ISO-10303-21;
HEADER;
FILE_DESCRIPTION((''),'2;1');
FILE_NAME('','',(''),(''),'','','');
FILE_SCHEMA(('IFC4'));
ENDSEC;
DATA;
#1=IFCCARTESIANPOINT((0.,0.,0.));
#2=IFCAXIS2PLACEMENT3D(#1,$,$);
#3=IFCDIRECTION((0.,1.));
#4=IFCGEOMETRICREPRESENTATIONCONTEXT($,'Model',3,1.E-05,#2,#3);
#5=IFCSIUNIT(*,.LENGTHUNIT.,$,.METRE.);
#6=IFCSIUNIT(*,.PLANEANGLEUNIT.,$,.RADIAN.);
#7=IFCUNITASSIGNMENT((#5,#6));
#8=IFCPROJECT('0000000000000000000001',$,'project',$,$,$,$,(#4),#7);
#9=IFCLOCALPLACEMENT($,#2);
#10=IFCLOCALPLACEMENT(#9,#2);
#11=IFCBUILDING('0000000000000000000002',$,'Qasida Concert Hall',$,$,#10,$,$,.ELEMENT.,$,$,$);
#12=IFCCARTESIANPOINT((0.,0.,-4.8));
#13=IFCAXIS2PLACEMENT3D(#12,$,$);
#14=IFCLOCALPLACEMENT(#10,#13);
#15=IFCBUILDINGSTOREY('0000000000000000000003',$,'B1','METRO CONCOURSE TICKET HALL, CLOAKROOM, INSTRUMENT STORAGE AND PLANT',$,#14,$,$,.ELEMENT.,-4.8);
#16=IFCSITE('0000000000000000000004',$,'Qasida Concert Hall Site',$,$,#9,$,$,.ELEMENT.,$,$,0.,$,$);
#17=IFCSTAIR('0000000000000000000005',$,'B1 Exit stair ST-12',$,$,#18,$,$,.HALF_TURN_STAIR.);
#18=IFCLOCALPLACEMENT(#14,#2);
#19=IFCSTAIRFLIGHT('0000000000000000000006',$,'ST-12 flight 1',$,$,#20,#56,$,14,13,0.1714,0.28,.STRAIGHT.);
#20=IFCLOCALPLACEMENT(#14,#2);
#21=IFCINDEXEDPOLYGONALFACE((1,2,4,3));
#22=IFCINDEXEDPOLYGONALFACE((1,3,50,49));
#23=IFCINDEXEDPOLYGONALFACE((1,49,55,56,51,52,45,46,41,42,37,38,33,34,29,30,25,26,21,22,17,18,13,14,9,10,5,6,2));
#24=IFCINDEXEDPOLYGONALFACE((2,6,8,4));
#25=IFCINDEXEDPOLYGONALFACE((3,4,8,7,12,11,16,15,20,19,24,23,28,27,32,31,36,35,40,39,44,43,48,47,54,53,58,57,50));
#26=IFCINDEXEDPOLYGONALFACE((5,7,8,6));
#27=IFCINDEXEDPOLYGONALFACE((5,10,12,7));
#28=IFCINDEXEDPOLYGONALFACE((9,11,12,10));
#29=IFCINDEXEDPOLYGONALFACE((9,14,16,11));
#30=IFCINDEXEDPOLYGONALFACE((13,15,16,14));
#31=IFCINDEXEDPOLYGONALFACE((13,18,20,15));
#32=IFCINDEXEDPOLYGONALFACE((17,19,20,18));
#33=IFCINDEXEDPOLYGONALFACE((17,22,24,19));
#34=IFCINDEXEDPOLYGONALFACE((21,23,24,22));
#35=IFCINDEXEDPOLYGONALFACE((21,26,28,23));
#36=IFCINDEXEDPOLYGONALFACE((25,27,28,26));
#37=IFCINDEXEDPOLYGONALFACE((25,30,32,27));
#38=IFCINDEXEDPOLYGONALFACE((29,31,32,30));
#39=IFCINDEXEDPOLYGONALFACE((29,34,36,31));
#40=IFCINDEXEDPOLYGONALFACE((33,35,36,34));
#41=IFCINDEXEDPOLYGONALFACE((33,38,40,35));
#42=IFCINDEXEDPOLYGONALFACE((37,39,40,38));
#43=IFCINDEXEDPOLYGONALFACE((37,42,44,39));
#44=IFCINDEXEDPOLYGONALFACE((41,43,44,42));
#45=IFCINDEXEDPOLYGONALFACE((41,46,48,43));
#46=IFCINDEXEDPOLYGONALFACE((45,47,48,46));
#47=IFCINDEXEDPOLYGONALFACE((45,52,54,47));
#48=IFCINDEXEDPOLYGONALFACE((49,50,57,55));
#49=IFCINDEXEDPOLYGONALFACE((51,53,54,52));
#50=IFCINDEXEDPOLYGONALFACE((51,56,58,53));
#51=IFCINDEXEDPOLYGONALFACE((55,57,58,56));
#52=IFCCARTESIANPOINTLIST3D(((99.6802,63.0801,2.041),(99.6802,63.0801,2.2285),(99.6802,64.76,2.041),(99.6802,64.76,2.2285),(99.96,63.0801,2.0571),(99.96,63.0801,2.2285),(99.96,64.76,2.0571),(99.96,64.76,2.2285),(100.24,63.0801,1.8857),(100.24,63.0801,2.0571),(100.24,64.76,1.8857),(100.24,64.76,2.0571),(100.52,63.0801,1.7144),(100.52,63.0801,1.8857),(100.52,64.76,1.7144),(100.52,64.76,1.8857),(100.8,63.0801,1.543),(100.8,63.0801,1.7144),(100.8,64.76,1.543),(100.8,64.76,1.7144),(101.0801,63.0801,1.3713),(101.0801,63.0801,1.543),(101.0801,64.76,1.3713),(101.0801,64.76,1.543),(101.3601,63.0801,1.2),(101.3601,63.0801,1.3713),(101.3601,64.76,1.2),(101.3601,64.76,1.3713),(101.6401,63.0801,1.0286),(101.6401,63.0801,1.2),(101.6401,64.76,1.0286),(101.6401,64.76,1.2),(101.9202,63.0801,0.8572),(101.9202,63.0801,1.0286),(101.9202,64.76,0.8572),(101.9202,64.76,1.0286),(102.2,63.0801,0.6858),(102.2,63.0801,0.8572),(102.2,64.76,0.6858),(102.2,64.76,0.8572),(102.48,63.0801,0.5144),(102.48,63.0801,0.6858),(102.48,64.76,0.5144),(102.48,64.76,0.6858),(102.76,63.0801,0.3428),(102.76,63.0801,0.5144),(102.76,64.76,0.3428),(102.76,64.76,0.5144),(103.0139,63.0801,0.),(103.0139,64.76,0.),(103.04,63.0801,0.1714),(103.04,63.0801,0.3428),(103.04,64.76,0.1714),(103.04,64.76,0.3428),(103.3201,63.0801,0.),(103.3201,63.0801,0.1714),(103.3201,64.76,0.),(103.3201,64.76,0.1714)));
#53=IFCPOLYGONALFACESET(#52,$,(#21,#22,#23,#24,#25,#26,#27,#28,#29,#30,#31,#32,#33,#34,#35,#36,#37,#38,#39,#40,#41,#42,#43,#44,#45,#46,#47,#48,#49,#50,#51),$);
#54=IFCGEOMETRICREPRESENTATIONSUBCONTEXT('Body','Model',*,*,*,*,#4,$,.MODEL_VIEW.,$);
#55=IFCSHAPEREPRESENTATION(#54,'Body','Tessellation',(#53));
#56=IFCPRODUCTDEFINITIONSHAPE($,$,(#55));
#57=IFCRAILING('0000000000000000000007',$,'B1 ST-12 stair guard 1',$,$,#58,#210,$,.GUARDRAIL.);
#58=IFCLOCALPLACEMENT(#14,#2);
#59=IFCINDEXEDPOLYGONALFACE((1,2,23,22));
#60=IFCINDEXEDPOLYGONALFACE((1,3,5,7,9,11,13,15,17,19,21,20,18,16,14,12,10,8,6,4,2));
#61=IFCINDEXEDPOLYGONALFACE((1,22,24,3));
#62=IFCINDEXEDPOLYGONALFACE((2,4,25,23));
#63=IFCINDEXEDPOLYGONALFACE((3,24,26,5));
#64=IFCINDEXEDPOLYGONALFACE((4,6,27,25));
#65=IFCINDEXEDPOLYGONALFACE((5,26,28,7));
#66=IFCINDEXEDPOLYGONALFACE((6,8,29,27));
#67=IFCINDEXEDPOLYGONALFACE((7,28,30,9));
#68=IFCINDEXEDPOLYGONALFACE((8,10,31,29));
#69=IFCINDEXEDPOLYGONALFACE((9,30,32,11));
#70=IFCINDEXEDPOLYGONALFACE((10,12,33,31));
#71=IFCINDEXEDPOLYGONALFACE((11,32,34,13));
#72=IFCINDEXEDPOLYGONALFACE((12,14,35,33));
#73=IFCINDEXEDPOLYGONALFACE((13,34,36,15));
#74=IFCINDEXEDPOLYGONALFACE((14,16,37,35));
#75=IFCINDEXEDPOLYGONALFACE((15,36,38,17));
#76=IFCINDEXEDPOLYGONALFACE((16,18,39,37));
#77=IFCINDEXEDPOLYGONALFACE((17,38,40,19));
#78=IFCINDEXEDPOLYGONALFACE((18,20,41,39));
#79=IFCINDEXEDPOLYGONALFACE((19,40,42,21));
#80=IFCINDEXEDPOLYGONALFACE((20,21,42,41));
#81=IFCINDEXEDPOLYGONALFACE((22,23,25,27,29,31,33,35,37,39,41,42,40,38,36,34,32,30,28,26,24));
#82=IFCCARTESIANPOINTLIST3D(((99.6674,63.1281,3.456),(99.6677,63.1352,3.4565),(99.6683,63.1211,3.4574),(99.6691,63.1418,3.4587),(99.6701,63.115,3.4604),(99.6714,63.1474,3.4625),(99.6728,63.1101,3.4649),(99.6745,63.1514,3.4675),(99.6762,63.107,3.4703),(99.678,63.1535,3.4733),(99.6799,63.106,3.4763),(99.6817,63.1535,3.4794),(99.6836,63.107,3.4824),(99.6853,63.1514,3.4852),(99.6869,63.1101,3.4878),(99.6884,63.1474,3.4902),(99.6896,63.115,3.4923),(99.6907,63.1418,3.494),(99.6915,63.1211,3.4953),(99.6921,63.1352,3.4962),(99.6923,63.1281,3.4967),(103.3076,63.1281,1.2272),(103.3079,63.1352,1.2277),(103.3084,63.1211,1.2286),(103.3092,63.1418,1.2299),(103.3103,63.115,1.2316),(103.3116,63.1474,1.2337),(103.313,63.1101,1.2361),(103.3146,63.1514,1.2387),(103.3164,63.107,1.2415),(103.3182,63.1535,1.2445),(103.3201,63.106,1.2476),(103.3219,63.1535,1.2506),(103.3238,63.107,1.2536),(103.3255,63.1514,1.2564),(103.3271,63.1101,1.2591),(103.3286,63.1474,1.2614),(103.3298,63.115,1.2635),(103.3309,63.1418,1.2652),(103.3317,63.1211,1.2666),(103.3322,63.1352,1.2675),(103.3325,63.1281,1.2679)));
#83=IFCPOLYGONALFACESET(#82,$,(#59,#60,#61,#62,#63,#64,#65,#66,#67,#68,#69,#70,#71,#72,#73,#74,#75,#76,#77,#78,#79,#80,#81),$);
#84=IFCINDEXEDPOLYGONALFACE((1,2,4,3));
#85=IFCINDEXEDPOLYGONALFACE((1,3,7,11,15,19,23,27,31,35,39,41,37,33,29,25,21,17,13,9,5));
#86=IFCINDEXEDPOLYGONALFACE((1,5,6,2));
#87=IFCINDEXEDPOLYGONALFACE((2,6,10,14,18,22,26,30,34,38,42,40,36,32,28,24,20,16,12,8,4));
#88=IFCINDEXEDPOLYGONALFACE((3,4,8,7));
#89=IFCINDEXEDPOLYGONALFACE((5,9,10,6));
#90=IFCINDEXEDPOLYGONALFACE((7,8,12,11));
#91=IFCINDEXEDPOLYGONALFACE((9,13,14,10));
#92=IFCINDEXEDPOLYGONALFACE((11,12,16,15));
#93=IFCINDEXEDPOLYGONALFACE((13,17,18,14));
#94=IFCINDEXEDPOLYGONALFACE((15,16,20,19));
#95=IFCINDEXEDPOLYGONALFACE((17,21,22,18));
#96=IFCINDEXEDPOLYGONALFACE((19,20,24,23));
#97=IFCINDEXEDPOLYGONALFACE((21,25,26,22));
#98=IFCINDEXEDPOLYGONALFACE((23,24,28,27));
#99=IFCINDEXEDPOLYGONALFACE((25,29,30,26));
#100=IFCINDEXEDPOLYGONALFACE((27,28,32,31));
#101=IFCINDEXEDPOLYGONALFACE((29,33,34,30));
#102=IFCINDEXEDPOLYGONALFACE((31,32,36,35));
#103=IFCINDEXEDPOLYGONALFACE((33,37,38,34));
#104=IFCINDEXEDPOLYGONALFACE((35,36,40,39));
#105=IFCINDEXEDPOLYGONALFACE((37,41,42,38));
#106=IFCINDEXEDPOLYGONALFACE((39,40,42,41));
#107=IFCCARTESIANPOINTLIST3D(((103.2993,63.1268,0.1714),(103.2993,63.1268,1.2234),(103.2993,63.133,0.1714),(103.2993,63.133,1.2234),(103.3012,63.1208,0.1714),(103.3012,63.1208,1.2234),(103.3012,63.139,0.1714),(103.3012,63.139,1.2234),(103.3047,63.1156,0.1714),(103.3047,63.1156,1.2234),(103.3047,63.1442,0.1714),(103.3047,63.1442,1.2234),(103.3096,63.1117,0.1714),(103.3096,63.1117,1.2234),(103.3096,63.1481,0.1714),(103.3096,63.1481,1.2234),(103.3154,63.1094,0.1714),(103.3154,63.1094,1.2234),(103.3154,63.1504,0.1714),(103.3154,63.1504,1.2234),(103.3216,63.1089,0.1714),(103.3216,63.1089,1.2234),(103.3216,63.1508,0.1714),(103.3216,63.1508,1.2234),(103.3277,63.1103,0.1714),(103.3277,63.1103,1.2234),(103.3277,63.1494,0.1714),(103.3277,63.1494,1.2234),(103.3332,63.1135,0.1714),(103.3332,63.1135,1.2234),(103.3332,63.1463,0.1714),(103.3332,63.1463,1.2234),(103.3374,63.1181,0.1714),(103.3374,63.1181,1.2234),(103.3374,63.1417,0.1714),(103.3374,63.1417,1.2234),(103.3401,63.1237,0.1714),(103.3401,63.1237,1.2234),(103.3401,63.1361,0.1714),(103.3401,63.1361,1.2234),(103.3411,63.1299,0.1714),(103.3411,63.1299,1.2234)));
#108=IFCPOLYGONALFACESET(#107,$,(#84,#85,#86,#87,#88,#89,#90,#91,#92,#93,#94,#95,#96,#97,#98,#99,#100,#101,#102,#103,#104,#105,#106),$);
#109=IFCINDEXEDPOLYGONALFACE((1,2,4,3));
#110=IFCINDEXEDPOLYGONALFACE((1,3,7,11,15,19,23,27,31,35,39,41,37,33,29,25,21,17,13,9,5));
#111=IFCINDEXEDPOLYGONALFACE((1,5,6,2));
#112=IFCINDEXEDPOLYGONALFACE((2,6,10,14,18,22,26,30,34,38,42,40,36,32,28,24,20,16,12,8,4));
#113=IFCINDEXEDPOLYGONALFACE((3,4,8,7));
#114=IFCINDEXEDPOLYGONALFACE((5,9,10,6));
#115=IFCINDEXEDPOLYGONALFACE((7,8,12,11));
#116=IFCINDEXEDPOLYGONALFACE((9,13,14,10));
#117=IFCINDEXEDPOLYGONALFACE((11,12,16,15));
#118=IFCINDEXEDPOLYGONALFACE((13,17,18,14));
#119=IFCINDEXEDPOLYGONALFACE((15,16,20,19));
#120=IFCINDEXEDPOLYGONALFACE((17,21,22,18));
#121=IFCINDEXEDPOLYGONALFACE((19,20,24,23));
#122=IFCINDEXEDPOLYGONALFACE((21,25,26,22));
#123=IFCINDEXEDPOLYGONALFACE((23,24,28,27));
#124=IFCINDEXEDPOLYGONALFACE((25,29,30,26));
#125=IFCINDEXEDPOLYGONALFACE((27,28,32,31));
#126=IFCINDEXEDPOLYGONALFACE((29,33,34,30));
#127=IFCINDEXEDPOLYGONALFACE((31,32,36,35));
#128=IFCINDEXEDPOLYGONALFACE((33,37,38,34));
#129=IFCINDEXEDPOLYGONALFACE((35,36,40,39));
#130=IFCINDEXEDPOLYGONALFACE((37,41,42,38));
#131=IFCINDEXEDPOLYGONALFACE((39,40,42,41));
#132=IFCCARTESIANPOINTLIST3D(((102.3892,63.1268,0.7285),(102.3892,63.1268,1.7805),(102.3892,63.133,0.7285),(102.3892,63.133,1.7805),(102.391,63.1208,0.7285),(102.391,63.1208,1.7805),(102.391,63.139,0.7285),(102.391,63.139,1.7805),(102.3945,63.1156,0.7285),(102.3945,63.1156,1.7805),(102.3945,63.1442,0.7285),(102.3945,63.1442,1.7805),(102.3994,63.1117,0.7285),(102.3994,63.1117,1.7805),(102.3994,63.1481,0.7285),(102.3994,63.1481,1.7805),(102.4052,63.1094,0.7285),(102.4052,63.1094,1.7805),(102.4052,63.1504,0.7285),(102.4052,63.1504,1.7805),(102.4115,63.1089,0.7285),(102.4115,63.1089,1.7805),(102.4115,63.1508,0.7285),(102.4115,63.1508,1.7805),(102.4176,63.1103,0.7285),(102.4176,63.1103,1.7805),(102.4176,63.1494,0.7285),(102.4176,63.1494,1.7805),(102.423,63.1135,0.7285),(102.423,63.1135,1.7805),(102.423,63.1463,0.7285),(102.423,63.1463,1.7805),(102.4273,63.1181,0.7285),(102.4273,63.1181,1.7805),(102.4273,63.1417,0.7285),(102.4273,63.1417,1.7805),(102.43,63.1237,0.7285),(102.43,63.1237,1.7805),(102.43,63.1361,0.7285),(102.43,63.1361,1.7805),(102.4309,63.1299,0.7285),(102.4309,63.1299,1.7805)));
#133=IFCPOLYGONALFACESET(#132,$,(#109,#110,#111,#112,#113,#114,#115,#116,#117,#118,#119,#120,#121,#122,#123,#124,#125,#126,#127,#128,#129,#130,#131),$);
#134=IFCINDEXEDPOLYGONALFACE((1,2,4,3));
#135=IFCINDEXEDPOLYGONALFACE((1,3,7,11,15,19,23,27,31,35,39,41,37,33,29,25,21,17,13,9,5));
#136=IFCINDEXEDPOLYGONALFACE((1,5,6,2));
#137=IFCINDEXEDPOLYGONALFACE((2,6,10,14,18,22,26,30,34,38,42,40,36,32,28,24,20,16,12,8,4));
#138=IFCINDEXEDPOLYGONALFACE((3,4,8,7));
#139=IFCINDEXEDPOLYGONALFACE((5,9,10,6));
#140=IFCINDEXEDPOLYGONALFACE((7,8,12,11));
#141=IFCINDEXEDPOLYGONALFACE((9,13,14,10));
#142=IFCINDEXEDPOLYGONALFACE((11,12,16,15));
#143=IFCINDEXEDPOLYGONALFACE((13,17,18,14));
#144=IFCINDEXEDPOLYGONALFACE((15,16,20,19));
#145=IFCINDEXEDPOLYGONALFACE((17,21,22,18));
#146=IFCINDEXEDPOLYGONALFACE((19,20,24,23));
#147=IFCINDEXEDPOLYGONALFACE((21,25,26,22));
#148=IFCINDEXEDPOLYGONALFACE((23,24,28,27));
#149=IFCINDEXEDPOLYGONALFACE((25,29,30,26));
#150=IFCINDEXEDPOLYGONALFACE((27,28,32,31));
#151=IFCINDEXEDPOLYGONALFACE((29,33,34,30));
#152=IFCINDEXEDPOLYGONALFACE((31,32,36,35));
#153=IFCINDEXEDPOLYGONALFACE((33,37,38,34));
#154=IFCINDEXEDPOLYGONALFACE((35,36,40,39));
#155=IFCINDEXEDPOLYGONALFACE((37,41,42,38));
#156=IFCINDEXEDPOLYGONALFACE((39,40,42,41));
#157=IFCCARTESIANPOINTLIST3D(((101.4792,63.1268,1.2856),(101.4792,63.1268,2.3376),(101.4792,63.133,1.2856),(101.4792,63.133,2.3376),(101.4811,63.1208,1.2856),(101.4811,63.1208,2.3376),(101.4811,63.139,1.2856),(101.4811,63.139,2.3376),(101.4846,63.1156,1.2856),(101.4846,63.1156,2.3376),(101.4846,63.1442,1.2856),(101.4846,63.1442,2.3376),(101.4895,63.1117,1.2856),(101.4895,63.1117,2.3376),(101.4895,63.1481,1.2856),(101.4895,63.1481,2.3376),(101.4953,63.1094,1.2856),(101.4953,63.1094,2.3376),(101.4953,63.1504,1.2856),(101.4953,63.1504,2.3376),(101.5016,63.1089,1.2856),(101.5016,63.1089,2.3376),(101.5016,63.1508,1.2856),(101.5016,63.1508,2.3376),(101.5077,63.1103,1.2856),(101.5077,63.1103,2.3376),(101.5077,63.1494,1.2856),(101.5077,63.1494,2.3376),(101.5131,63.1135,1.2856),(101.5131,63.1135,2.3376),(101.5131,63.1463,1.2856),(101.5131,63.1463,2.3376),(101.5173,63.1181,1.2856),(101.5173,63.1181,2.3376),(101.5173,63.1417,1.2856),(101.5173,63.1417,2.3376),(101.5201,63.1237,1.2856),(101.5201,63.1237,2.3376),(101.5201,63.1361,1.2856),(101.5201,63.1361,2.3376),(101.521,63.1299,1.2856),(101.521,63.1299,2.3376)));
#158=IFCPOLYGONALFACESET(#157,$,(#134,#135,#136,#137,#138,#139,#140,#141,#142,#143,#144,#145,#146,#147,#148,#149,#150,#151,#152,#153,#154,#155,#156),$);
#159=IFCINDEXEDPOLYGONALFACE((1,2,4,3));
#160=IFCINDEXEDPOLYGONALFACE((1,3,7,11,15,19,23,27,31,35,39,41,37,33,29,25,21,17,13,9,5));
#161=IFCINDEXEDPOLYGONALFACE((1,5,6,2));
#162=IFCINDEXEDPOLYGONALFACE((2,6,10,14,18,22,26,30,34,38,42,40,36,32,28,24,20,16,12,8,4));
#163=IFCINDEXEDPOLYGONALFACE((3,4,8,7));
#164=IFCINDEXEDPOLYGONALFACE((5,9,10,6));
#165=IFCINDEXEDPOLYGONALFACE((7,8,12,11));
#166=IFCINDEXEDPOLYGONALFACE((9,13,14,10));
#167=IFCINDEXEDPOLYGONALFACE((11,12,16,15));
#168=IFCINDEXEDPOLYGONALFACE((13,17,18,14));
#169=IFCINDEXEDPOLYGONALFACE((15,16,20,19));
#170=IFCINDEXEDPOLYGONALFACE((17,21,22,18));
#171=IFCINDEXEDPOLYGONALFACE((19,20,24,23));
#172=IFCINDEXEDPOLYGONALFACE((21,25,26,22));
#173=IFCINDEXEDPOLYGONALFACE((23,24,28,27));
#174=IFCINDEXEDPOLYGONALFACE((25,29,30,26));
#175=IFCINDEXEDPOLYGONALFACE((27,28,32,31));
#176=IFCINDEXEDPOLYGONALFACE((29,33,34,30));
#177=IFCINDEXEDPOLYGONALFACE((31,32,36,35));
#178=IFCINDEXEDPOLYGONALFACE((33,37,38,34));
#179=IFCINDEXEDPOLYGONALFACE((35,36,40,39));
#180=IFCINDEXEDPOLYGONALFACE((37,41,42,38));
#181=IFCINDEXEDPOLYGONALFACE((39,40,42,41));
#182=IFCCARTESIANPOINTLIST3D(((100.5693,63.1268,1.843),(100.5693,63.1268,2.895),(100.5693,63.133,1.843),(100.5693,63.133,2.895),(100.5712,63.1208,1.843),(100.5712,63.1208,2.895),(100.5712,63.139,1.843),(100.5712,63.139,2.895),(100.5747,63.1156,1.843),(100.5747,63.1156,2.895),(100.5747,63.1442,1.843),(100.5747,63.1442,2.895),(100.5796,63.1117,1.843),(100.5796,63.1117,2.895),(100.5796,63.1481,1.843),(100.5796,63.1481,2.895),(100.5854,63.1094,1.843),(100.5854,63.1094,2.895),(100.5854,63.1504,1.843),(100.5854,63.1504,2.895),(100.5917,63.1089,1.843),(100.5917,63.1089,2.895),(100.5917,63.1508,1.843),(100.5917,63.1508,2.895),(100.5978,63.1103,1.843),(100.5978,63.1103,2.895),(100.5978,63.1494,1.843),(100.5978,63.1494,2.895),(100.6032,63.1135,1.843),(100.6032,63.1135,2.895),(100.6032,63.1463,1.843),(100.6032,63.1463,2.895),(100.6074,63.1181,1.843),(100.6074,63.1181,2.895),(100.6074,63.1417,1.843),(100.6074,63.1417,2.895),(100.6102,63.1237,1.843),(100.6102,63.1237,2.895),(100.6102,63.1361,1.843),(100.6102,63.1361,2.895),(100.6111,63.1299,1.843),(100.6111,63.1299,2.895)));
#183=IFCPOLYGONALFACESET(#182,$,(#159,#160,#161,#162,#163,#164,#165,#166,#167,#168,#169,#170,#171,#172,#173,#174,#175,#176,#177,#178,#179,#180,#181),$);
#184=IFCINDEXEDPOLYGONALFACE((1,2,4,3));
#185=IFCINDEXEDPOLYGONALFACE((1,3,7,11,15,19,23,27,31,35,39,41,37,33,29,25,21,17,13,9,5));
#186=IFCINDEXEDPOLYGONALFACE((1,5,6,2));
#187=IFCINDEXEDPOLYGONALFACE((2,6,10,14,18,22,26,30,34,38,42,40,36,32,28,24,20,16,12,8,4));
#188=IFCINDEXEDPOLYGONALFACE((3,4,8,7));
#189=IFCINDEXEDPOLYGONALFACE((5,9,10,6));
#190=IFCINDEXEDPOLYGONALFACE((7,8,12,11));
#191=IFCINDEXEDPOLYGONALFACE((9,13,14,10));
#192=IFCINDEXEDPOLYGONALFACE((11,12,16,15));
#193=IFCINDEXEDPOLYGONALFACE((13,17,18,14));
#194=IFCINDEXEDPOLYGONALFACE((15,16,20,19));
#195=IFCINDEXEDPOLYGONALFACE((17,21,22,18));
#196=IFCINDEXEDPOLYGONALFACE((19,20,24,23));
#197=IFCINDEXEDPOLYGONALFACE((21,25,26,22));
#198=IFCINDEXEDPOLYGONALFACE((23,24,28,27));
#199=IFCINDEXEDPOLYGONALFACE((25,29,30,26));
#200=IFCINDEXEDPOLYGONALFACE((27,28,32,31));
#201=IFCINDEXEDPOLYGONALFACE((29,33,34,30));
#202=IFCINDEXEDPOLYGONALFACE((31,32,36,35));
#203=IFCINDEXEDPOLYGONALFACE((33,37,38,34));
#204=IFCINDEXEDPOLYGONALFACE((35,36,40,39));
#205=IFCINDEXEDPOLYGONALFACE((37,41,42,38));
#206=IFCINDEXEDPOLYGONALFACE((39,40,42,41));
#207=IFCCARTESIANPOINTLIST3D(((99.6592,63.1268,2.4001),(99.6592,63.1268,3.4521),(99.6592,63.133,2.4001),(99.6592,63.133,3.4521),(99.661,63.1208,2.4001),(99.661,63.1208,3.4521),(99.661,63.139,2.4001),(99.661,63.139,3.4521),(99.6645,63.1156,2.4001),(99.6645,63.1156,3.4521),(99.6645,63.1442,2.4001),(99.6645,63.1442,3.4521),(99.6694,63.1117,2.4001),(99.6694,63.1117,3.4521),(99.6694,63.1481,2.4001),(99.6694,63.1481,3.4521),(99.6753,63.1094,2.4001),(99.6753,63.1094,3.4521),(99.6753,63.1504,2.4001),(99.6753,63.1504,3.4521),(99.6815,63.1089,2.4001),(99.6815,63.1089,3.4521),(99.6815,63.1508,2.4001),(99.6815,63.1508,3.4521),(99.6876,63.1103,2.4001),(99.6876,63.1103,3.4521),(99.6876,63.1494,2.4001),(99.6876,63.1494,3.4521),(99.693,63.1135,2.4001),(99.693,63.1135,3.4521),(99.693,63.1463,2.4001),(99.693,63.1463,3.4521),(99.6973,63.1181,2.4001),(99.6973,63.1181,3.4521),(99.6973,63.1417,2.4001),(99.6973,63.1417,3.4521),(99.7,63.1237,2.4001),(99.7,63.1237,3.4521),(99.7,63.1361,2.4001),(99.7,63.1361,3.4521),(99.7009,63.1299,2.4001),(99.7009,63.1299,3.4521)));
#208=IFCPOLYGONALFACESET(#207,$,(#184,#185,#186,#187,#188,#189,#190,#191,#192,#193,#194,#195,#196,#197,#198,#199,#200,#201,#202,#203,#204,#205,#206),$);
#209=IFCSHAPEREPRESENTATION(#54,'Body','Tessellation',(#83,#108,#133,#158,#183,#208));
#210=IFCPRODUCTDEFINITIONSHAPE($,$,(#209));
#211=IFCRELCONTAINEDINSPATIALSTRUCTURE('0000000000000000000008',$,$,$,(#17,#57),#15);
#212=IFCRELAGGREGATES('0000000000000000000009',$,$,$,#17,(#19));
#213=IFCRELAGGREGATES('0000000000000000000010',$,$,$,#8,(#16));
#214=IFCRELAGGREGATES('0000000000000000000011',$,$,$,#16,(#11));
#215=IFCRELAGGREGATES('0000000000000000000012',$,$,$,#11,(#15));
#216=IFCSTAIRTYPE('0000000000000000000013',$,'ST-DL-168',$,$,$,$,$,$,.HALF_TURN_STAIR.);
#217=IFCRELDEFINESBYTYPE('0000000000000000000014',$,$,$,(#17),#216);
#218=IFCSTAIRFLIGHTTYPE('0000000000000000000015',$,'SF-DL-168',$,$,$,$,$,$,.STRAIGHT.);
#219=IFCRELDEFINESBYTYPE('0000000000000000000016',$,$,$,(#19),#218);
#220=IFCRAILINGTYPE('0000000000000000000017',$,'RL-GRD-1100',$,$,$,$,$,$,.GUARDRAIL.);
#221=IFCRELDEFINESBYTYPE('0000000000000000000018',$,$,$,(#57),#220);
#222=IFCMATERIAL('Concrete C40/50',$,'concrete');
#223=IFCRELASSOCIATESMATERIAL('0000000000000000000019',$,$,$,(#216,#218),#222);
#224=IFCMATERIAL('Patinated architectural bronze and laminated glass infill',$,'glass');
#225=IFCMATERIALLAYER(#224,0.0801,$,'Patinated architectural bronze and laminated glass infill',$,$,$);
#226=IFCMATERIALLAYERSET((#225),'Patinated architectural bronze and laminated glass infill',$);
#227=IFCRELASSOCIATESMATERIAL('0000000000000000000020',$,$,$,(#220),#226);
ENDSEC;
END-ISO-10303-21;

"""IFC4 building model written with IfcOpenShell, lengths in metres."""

from ifc_helpers import new_model, si_unit, direction, frame, origin, origin_2d, place, context, subcontext, project, spatial, polyline, circle, outline, extrude, material, layer, layer_set, type_object, element, aggregate, save


model = new_model("IFC4")

# Units and contexts
model_context = context("Model", 3, precision=1e-05, world=origin(), true_north=direction((0.0, 1.0)))
body_context = subcontext(model_context, "Body", "Model", "MODEL_VIEW")
ifc_project = project(units=[si_unit("LENGTHUNIT", "METRE"), si_unit("PLANEANGLEUNIT", "RADIAN")], contexts=[model_context])

# Site, building, storey
site_placement = place(None, origin())
site = spatial("IfcSite", under=ifc_project, at=site_placement, Name="Qasida Concert Hall Site", CompositionType="ELEMENT", RefElevation=0.0)
building_placement = place(site_placement, origin())
building = spatial("IfcBuilding", under=site, at=building_placement, Name="Qasida Concert Hall", CompositionType="ELEMENT")
storey_placement = place(building_placement, frame((0.0, 0.0, -4.8)))
storey = spatial("IfcBuildingStorey", under=building, at=storey_placement, Name="B1", Description="METRO CONCOURSE TICKET HALL, CLOAKROOM, INSTRUMENT STORAGE AND PLANT", CompositionType="ELEMENT", Elevation=-4.8)

# Shared definitions
ifc_material_1 = material(Name="Concrete C40/50", Category="concrete")

# Stair, stair flight
stair_type = type_object("IfcStairType", Name="ST-DL-168", PredefinedType="HALF_TURN_STAIR", material=ifc_material_1)
stair_placement = place(storey_placement, origin())
stair = element("IfcStair", 1, at=stair_placement, inside=storey, type_object=stair_type, Name="B1 Exit stair ST-12", PredefinedType="HALF_TURN_STAIR")
stair_flight_type = type_object("IfcStairFlightType", Name="SF-DL-168", PredefinedType="STRAIGHT", material=ifc_material_1)
stair_flight_placement = place(storey_placement, frame((103.3201, 63.9199, 0.0), z_axis=(0.0, 0.0, 1.0), x_axis=(-1.0, 0.0, 0.0)))
stair_flight = element("IfcStairFlight", 2, at=stair_flight_placement, type_object=stair_flight_type, Name="ST-12 flight 1", NumberOfRisers=14, NumberOfTreads=13, PredefinedType="STRAIGHT", RiserHeight=0.1714, TreadLength=0.28, context=body_context, shape_type="SweptSolid", body=[
    extrude(outline(polyline([(0.0, 0.0), (0.0, 0.1714), (0.28, 0.1714), (0.28, 0.3428), (0.5601, 0.3428), (0.5601, 0.5144), (0.8401, 0.5144), (0.8401, 0.6858), (1.1201, 0.6858), (1.1201, 0.8572), (1.3999, 0.8572), (1.3999, 1.0286), (1.6799, 1.0286), (1.6799, 1.2), (1.96, 1.2), (1.96, 1.3713), (2.24, 1.3713), (2.24, 1.543), (2.52, 1.543), (2.52, 1.7144), (2.8, 1.7144), (2.8, 1.8857), (3.0801, 1.8857), (3.0801, 2.0571), (3.3601, 2.0571), (3.3601, 2.2285), (3.6399, 2.2285), (3.6399, 2.3999), (3.6399, 2.041), (0.3062, 0.0), (0.0, 0.0)])), frame((0.0, 0.8398, 0.0), z_axis=(0.0, -1.0, 0.0), x_axis=(1.0, 0.0, 0.0)), (0.0, 0.0, 1.0), 1.6799),
])
aggregate(stair, [stair_flight])

# Railing
ifc_material_2 = material(Name="Patinated architectural bronze and laminated glass infill", Category="glass")
ifc_layer_1 = layer(ifc_material_2, 0.0801, Name="Patinated architectural bronze and laminated glass infill")
ifc_layer_set_1 = layer_set([ifc_layer_1], Name="Patinated architectural bronze and laminated glass infill")
railing_type_1 = type_object("IfcRailingType", Name="RL-GRD-1100", PredefinedType="GUARDRAIL", material=ifc_layer_set_1)
railing_1_placement = place(storey_placement, frame((103.3201, 63.1299, 0.1714)))
element("IfcRailing", 3, at=railing_1_placement, inside=storey, type_object=railing_type_1, Name="B1 ST-12 stair guard 1", PredefinedType="GUARDRAIL", context=body_context, shape_type="SweptSolid", body=[
    extrude(circle(Radius=0.0239, at=origin_2d()), frame((0.0, 0.0, 1.0762), z_axis=(-0.85284, 0.0, 0.522172), x_axis=(0.0, -1.0, 0.0)), (0.0, 0.0, 1.0), 4.2683),
    extrude(circle(Radius=0.021, at=origin_2d()), origin(), (0.0, 0.0, 1.0), 1.052),
    extrude(circle(Radius=0.021, at=origin_2d()), frame((-0.9102, 0.0, 0.5571)), (0.0, 0.0, 1.0), 1.052),
    extrude(circle(Radius=0.021, at=origin_2d()), frame((-1.8201, 0.0, 1.1143)), (0.0, 0.0, 1.0), 1.052),
    extrude(circle(Radius=0.021, at=origin_2d()), frame((-2.73, 0.0, 1.6716)), (0.0, 0.0, 1.0), 1.052),
    extrude(circle(Radius=0.021, at=origin_2d()), frame((-3.6401, 0.0, 2.2288)), (0.0, 0.0, 1.0), 1.052),
])

save(model, "model.ifc")
